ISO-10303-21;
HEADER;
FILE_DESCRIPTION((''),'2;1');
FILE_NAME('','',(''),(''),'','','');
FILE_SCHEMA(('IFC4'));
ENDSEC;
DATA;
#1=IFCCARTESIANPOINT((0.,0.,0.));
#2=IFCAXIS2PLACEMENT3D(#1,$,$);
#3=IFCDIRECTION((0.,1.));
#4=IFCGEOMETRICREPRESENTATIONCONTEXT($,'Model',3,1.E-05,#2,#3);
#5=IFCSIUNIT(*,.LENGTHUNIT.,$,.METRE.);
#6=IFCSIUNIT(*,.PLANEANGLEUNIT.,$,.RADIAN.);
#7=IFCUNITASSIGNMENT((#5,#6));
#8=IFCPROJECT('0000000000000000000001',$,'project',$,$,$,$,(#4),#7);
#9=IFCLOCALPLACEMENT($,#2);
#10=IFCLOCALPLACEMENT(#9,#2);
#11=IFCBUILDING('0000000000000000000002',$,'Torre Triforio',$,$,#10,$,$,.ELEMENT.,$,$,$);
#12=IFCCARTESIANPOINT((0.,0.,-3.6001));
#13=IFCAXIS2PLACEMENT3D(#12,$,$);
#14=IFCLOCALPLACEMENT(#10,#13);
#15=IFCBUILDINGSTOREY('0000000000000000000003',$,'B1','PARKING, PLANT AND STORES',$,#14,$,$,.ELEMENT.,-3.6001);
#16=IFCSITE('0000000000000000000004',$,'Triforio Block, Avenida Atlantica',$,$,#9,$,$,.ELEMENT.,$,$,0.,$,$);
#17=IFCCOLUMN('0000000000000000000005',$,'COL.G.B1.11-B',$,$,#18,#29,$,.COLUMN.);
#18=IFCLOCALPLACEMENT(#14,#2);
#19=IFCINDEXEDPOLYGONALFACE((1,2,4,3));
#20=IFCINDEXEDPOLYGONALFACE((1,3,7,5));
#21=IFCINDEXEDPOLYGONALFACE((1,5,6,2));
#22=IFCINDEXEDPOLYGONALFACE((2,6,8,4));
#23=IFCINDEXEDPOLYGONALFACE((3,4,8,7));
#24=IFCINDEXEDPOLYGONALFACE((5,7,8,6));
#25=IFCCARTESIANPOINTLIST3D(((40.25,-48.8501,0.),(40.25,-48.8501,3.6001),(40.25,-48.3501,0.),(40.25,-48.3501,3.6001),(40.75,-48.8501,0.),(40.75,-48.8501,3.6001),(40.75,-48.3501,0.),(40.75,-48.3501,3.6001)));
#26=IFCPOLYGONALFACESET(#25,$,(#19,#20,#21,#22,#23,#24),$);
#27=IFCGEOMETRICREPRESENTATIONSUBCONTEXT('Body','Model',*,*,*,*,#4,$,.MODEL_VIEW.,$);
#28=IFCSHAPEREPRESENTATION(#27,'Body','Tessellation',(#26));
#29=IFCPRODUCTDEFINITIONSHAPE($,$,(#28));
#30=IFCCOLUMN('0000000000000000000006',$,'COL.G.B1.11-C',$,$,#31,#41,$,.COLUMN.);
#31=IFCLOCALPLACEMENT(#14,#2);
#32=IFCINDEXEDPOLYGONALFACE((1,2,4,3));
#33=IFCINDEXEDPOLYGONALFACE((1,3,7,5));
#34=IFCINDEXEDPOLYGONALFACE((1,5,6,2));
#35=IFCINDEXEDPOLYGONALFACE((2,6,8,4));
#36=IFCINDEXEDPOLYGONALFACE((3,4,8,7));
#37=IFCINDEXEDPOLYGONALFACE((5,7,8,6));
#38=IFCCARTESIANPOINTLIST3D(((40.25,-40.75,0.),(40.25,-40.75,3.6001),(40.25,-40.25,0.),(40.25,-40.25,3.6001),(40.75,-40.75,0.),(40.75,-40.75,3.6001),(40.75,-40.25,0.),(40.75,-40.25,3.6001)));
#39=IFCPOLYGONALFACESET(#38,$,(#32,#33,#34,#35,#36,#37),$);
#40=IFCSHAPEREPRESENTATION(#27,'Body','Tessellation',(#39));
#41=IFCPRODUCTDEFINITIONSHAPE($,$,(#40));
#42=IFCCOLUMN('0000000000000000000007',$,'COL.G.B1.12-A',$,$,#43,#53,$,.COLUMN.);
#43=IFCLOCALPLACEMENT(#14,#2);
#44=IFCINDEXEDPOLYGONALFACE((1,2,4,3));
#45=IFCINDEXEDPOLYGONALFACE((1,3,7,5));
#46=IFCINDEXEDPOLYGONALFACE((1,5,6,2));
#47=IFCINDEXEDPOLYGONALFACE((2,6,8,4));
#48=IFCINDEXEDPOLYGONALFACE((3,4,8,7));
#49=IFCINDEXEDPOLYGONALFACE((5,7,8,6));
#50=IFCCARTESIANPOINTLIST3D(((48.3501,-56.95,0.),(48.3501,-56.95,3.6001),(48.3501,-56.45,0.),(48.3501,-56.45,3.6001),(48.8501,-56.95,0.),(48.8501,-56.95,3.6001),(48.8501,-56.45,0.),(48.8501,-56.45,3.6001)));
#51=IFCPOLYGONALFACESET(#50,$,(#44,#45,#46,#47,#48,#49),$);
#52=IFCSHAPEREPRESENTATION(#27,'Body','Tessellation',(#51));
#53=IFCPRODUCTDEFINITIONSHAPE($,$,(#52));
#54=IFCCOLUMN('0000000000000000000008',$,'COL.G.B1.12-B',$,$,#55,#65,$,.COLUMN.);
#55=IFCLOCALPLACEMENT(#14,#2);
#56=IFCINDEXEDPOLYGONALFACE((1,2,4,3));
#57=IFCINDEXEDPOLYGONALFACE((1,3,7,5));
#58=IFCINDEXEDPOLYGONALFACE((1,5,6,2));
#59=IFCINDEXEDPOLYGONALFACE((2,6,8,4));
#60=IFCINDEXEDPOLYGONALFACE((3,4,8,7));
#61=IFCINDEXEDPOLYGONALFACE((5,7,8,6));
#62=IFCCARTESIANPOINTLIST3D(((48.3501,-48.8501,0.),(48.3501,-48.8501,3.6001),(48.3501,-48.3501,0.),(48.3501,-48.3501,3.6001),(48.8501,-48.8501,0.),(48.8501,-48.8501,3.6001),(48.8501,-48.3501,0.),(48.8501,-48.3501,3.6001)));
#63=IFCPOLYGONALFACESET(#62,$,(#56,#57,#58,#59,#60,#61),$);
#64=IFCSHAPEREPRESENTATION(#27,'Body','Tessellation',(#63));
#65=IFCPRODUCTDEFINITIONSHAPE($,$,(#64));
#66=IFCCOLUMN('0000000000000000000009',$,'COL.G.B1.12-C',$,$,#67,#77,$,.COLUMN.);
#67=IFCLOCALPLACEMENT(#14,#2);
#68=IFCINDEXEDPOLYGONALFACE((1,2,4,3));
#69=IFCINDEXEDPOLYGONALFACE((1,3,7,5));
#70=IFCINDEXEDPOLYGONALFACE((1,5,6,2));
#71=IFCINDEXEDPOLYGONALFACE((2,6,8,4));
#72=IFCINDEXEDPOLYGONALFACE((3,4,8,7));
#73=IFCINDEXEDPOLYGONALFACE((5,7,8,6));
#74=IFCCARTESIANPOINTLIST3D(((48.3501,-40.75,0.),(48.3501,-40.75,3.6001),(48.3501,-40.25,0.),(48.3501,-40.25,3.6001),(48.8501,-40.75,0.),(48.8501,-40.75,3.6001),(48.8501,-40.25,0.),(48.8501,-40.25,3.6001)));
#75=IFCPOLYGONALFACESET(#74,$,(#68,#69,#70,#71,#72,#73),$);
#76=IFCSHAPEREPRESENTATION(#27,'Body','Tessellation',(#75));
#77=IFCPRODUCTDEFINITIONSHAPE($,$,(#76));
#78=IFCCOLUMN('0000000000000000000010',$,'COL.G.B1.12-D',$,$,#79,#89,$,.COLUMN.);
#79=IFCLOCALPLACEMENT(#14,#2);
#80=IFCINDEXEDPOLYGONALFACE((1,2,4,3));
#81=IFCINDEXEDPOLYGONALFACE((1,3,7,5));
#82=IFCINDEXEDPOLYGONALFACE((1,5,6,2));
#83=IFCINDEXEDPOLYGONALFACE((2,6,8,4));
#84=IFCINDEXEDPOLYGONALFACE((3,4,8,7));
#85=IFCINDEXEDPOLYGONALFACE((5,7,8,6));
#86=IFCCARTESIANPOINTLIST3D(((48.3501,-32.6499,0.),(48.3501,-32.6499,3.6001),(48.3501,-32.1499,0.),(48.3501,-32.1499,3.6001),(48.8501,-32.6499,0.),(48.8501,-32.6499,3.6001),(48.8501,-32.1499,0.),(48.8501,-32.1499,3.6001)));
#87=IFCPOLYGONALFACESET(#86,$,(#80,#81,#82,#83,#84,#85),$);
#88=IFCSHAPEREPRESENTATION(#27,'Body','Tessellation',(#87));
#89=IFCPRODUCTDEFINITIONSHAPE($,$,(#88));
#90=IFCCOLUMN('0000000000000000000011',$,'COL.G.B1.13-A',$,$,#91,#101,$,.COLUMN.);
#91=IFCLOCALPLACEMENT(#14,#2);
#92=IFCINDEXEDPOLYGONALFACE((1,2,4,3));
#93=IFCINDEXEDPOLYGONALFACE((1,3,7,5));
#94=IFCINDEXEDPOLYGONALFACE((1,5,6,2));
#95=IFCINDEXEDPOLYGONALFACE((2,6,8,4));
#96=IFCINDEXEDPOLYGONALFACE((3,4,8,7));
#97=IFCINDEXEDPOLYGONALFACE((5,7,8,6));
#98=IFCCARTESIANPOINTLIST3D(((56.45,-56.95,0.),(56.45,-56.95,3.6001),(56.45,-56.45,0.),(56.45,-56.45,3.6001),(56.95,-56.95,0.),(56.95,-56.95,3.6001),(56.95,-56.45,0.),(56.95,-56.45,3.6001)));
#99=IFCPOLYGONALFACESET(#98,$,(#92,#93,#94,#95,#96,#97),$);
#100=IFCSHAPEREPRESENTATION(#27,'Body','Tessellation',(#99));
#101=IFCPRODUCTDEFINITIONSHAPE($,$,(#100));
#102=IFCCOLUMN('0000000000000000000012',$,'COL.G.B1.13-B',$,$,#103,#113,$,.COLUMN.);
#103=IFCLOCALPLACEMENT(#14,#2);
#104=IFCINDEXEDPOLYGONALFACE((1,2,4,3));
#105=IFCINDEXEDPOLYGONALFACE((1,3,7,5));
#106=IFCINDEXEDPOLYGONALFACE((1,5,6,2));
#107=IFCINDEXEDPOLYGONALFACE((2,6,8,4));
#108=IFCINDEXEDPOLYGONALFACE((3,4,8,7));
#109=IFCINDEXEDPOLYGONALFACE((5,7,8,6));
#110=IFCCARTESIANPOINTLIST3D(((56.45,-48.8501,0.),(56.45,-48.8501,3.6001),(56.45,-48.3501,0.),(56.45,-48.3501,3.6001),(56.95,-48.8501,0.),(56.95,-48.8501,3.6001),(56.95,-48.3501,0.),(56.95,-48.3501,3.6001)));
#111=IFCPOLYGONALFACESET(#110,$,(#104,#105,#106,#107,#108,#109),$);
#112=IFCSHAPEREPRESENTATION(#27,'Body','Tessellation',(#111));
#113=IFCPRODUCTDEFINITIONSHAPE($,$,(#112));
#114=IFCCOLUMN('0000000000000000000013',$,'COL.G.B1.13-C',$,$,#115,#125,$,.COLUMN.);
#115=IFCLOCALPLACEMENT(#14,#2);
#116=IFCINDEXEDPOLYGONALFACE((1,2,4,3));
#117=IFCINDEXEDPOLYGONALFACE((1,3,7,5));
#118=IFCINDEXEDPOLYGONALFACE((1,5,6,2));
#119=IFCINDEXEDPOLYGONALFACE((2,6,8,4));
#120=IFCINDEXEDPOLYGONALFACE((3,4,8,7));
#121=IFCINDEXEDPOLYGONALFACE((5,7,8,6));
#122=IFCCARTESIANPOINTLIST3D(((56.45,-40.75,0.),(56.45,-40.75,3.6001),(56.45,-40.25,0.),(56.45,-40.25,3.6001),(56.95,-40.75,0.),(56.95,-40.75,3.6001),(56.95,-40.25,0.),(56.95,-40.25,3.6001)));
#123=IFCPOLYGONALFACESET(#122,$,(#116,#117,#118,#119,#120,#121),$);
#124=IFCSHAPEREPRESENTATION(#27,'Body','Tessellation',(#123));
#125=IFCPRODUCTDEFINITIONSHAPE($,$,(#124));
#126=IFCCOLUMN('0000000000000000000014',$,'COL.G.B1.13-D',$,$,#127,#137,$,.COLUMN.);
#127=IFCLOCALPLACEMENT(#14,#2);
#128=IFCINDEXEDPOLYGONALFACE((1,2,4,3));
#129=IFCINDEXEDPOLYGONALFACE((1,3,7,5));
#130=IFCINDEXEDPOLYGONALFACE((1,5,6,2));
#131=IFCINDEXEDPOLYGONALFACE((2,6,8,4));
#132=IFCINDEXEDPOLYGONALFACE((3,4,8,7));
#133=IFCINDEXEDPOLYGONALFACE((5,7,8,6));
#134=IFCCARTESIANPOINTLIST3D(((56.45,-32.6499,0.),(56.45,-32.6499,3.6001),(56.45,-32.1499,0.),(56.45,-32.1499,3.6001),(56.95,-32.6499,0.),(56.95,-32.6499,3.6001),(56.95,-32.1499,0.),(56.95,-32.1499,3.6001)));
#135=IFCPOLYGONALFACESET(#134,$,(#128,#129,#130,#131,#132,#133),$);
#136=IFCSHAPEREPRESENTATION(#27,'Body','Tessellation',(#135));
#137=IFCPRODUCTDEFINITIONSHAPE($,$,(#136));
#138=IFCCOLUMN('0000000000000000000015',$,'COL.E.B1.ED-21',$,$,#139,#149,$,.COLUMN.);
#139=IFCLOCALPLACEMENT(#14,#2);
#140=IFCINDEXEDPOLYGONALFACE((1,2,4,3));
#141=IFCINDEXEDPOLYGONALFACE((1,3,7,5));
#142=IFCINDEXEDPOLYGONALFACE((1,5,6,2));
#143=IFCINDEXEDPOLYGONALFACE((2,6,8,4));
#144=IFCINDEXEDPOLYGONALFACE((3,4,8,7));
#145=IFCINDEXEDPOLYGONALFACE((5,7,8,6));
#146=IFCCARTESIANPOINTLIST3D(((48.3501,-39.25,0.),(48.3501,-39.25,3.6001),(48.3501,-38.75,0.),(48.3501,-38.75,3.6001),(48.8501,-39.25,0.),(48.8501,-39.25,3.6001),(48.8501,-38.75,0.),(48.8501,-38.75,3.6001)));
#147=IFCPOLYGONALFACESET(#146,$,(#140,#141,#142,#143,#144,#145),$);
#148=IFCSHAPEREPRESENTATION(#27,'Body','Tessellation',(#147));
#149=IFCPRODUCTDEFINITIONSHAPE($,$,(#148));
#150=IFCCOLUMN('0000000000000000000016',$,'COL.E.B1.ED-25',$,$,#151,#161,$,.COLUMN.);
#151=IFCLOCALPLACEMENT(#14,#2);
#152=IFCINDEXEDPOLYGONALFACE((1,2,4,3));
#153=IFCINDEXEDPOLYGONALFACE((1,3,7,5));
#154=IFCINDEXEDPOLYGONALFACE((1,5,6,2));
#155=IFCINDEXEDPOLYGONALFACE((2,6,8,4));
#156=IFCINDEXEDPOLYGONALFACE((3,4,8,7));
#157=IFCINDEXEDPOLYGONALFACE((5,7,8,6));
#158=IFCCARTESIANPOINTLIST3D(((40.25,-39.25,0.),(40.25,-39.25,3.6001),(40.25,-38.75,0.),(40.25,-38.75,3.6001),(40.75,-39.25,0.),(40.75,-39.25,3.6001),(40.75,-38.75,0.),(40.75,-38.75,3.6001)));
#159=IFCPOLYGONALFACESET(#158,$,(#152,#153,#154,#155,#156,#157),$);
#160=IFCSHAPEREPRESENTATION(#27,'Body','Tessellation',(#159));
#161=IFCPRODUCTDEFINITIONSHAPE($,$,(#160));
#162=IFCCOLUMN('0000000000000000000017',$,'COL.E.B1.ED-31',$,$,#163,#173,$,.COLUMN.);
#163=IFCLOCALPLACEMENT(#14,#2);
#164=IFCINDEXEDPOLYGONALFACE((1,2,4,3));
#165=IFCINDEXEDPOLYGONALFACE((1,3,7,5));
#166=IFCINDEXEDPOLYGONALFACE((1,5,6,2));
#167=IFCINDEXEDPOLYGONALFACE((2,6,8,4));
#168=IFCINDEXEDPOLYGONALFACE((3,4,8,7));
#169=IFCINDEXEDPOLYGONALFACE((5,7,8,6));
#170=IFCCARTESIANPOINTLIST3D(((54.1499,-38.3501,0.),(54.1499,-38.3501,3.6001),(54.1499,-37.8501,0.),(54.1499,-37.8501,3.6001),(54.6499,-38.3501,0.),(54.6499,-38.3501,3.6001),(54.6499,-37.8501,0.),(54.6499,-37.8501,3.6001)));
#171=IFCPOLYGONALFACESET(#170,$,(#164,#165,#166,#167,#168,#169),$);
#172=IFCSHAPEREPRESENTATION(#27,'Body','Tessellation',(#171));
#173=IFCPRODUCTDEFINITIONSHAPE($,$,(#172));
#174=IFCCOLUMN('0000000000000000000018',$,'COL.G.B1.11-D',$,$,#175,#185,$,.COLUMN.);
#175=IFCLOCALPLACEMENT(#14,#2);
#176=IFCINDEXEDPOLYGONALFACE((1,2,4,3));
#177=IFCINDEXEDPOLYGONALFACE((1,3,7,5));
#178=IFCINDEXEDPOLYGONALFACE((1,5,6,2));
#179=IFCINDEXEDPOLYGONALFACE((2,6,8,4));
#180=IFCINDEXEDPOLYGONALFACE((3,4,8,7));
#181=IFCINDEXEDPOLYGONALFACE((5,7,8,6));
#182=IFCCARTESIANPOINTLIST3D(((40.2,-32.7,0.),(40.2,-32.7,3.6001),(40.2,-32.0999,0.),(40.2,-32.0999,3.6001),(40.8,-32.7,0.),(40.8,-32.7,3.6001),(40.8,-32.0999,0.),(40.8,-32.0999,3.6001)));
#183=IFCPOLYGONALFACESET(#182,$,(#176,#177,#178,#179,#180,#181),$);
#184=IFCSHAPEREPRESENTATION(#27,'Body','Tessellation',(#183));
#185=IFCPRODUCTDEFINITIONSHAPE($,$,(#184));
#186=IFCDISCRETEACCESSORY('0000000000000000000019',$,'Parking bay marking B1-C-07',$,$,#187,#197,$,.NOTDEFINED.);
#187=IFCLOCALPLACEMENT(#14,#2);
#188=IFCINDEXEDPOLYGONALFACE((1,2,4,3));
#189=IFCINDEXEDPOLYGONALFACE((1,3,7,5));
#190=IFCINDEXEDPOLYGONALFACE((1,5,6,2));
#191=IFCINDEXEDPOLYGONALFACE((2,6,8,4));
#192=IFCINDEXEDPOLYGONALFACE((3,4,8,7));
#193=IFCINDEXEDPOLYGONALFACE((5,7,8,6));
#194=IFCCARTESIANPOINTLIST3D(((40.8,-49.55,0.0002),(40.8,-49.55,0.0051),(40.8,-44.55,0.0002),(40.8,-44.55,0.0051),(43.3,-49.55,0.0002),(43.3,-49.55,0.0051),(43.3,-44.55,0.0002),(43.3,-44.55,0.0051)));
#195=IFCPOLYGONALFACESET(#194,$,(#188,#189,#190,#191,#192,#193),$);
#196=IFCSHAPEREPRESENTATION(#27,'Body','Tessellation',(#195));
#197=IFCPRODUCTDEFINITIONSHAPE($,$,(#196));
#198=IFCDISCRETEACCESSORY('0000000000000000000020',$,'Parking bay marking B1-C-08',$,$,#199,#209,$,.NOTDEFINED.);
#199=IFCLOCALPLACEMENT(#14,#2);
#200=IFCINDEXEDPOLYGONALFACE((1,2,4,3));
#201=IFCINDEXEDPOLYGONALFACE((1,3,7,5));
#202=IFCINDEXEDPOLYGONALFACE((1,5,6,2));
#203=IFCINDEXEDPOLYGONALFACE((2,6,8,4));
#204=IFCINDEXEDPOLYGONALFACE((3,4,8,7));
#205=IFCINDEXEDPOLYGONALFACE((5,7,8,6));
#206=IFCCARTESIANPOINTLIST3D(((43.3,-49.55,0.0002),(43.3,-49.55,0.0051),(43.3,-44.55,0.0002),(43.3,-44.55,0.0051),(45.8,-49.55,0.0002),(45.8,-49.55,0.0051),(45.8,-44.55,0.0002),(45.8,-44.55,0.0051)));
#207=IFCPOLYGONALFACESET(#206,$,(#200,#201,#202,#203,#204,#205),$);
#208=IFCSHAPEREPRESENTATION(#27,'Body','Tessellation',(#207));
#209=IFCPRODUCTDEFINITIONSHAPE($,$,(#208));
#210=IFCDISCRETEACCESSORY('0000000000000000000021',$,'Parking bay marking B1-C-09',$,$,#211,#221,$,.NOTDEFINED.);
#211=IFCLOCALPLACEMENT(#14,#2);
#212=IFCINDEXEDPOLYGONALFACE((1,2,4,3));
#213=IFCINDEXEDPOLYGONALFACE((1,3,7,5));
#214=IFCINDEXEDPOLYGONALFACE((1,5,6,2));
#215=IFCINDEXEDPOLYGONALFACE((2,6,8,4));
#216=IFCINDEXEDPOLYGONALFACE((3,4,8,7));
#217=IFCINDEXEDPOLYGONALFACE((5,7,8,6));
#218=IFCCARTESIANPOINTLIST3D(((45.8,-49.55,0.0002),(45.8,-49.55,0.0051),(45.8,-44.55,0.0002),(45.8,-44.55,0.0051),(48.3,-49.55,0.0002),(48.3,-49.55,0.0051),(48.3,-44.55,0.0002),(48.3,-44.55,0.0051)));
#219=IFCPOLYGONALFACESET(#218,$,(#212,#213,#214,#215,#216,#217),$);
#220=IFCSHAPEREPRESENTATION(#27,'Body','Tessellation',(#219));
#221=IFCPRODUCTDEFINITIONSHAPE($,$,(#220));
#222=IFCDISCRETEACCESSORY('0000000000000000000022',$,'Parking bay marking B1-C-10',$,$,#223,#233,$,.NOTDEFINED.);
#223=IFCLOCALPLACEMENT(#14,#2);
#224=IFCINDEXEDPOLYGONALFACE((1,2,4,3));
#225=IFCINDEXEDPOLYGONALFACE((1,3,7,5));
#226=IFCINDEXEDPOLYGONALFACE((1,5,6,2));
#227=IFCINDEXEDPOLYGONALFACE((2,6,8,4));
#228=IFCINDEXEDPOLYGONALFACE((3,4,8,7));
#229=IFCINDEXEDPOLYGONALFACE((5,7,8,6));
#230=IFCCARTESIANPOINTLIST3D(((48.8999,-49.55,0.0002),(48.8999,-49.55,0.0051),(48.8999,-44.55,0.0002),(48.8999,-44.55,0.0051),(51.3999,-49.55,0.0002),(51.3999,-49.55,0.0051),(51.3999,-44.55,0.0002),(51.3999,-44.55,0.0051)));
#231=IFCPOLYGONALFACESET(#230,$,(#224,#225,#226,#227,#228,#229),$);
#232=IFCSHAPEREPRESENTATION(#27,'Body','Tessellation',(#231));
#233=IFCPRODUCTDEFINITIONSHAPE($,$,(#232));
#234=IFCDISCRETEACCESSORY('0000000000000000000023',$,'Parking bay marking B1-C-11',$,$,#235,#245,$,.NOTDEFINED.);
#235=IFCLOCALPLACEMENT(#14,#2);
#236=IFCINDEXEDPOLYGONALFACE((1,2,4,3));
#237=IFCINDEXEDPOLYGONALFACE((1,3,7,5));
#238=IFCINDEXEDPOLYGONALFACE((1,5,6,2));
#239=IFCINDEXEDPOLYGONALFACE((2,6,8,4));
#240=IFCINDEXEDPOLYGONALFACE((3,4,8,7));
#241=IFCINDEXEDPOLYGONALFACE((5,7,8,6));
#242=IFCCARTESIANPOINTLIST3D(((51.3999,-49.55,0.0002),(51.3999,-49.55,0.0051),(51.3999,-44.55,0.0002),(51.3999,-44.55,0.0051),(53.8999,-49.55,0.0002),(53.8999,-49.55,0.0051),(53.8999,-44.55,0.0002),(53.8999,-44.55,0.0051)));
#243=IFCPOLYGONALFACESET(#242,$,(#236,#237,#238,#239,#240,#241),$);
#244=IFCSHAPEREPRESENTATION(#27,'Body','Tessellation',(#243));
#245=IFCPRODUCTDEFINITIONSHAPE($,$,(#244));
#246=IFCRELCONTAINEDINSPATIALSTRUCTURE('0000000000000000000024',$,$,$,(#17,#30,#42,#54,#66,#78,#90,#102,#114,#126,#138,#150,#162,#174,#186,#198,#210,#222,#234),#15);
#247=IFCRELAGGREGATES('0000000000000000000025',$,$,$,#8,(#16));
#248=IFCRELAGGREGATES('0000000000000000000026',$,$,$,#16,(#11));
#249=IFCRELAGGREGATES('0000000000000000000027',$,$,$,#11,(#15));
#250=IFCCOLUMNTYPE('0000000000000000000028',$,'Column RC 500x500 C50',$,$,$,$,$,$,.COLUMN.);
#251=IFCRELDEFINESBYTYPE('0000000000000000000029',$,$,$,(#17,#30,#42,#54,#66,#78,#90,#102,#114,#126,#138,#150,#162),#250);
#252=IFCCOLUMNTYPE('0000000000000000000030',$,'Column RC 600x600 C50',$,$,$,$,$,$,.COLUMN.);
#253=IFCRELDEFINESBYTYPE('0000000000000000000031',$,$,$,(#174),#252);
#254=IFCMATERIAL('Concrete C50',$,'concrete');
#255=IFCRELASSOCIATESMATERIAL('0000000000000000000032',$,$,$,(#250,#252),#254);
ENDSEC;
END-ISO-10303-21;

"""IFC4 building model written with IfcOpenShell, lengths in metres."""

from ifc_helpers import new_model, si_unit, direction, frame, origin, origin_2d, place, context, subcontext, project, spatial, rectangle, extrude, material, material_profile, profile_set, type_object, element, save


model = new_model("IFC4")

# Units and contexts
model_context = context("Model", 3, precision=1e-05, world=origin(), true_north=direction((0.0, 1.0)))
body_context = subcontext(model_context, "Body", "Model", "MODEL_VIEW")
ifc_project = project(units=[si_unit("LENGTHUNIT", "METRE"), si_unit("PLANEANGLEUNIT", "RADIAN")], contexts=[model_context])

# Site, building, storey
site_placement = place(None, origin())
site = spatial("IfcSite", under=ifc_project, at=site_placement, Name="Triforio Block, Avenida Atlantica", CompositionType="ELEMENT", RefElevation=0.0)
building_placement = place(site_placement, origin())
building = spatial("IfcBuilding", under=site, at=building_placement, Name="Torre Triforio", CompositionType="ELEMENT")
storey_placement = place(building_placement, frame((0.0, 0.0, -3.6001)))
storey = spatial("IfcBuildingStorey", under=building, at=storey_placement, Name="B1", Description="PARKING, PLANT AND STORES", CompositionType="ELEMENT", Elevation=-3.6001)

# Columns
ifc_material = material(Name="Concrete C50", Category="concrete")
ifc_material_profile_1 = material_profile(ifc_material, rectangle(XDim=0.5, YDim=0.5, at=origin_2d()), Name="RC 500x500")
ifc_profile_set_1 = profile_set([ifc_material_profile_1], Name="Concrete C50")
column_type_1 = type_object("IfcColumnType", Name="Column RC 500x500 C50", PredefinedType="COLUMN", material=ifc_profile_set_1)
for number, where, z_axis, x_axis, name in (
    (1, (40.5, -48.6001, 0.0), (0.0, 0.0, 1.0), (1.0, 0.0, 0.0), "COL.G.B1.11-B"),
    (2, (40.5, -40.5, 0.0), (0.0, 0.0, 1.0), (1.0, 0.0, 0.0), "COL.G.B1.11-C"),
    (3, (48.6001, -56.7, 0.0), (0.0, 0.0, 1.0), (1.0, 0.0, 0.0), "COL.G.B1.12-A"),
    (4, (48.6001, -48.6001, 0.0), (0.0, 0.0, 1.0), (1.0, 0.0, 0.0), "COL.G.B1.12-B"),
    (5, (48.6001, -40.5, 0.0), (0.0, 0.0, 1.0), (1.0, 0.0, 0.0), "COL.G.B1.12-C"),
    (6, (48.6001, -32.3999, 0.0), (0.0, 0.0, 1.0), (1.0, 0.0, 0.0), "COL.G.B1.12-D"),
    (7, (56.7, -56.7, 0.0), (0.0, 0.0, 1.0), (1.0, 0.0, 0.0), "COL.G.B1.13-A"),
    (8, (56.7, -48.6001, 0.0), (0.0, 0.0, 1.0), (1.0, 0.0, 0.0), "COL.G.B1.13-B"),
    (9, (56.7, -40.5, 0.0), (0.0, 0.0, 1.0), (1.0, 0.0, 0.0), "COL.G.B1.13-C"),
    (10, (56.7, -32.3999, 0.0), (0.0, 0.0, 1.0), (1.0, 0.0, 0.0), "COL.G.B1.13-D"),
    (11, (48.6001, -39.0, 0.0), (0.0, 0.0, 1.0), (1.0, 0.0, 0.0), "COL.E.B1.ED-21"),
    (12, (40.5, -39.0, 0.0), (0.0, 0.0, 1.0), (1.0, 0.0, 0.0), "COL.E.B1.ED-25"),
    (13, (54.3999, -38.1001, 0.0), (0.0, 0.0, 1.0), (1.0, 0.0, 0.0), "COL.E.B1.ED-31"),
):
    element("IfcColumn", number, at=place(storey_placement, frame(where, z_axis=z_axis, x_axis=x_axis)), inside=storey, type_object=column_type_1, Name=name, PredefinedType="COLUMN", context=body_context, shape_type="SweptSolid", body=[
        extrude(rectangle(XDim=0.5, YDim=0.5, at=origin_2d()), origin(), (0.0, 0.0, 1.0), 3.6001),
    ])
ifc_material_profile_2 = material_profile(ifc_material, rectangle(XDim=0.6001, YDim=0.6001, at=origin_2d()), Name="RC 600x600")
ifc_profile_set_2 = profile_set([ifc_material_profile_2], Name="Concrete C50")
column_type_2 = type_object("IfcColumnType", Name="Column RC 600x600 C50", PredefinedType="COLUMN", material=ifc_profile_set_2)
column_placement = place(storey_placement, frame((40.5, -32.3999, 0.0), z_axis=(0.0, 0.0, 1.0), x_axis=(1.0, 0.0, 0.0)))
element("IfcColumn", 14, at=column_placement, inside=storey, type_object=column_type_2, Name="COL.G.B1.11-D", PredefinedType="COLUMN", context=body_context, shape_type="SweptSolid", body=[
    extrude(rectangle(XDim=0.6001, YDim=0.6001, at=origin_2d()), origin(), (0.0, 0.0, 1.0), 3.6001),
])

# Discrete accessories
for number, where, z_axis, x_axis, name in (
    (15, (42.05, -47.05, 0.0002), (0.0, 0.0, 1.0), (1.0, 0.0, 0.0), "Parking bay marking B1-C-07"),
    (16, (44.55, -47.05, 0.0002), (0.0, 0.0, 1.0), (1.0, 0.0, 0.0), "Parking bay marking B1-C-08"),
    (17, (47.05, -47.05, 0.0002), (0.0, 0.0, 1.0), (1.0, 0.0, 0.0), "Parking bay marking B1-C-09"),
    (18, (50.1499, -47.05, 0.0002), (0.0, 0.0, 1.0), (1.0, 0.0, 0.0), "Parking bay marking B1-C-10"),
    (19, (52.6499, -47.05, 0.0002), (0.0, 0.0, 1.0), (1.0, 0.0, 0.0), "Parking bay marking B1-C-11"),
):
    element("IfcDiscreteAccessory", number, at=place(storey_placement, frame(where, z_axis=z_axis, x_axis=x_axis)), inside=storey, Name=name, PredefinedType="NOTDEFINED", context=body_context, shape_type="SweptSolid", body=[
        extrude(rectangle(XDim=2.5, YDim=5.0, at=origin_2d()), origin(), (0.0, 0.0, 1.0), 0.0049),
    ])

save(model, "model.ifc")
